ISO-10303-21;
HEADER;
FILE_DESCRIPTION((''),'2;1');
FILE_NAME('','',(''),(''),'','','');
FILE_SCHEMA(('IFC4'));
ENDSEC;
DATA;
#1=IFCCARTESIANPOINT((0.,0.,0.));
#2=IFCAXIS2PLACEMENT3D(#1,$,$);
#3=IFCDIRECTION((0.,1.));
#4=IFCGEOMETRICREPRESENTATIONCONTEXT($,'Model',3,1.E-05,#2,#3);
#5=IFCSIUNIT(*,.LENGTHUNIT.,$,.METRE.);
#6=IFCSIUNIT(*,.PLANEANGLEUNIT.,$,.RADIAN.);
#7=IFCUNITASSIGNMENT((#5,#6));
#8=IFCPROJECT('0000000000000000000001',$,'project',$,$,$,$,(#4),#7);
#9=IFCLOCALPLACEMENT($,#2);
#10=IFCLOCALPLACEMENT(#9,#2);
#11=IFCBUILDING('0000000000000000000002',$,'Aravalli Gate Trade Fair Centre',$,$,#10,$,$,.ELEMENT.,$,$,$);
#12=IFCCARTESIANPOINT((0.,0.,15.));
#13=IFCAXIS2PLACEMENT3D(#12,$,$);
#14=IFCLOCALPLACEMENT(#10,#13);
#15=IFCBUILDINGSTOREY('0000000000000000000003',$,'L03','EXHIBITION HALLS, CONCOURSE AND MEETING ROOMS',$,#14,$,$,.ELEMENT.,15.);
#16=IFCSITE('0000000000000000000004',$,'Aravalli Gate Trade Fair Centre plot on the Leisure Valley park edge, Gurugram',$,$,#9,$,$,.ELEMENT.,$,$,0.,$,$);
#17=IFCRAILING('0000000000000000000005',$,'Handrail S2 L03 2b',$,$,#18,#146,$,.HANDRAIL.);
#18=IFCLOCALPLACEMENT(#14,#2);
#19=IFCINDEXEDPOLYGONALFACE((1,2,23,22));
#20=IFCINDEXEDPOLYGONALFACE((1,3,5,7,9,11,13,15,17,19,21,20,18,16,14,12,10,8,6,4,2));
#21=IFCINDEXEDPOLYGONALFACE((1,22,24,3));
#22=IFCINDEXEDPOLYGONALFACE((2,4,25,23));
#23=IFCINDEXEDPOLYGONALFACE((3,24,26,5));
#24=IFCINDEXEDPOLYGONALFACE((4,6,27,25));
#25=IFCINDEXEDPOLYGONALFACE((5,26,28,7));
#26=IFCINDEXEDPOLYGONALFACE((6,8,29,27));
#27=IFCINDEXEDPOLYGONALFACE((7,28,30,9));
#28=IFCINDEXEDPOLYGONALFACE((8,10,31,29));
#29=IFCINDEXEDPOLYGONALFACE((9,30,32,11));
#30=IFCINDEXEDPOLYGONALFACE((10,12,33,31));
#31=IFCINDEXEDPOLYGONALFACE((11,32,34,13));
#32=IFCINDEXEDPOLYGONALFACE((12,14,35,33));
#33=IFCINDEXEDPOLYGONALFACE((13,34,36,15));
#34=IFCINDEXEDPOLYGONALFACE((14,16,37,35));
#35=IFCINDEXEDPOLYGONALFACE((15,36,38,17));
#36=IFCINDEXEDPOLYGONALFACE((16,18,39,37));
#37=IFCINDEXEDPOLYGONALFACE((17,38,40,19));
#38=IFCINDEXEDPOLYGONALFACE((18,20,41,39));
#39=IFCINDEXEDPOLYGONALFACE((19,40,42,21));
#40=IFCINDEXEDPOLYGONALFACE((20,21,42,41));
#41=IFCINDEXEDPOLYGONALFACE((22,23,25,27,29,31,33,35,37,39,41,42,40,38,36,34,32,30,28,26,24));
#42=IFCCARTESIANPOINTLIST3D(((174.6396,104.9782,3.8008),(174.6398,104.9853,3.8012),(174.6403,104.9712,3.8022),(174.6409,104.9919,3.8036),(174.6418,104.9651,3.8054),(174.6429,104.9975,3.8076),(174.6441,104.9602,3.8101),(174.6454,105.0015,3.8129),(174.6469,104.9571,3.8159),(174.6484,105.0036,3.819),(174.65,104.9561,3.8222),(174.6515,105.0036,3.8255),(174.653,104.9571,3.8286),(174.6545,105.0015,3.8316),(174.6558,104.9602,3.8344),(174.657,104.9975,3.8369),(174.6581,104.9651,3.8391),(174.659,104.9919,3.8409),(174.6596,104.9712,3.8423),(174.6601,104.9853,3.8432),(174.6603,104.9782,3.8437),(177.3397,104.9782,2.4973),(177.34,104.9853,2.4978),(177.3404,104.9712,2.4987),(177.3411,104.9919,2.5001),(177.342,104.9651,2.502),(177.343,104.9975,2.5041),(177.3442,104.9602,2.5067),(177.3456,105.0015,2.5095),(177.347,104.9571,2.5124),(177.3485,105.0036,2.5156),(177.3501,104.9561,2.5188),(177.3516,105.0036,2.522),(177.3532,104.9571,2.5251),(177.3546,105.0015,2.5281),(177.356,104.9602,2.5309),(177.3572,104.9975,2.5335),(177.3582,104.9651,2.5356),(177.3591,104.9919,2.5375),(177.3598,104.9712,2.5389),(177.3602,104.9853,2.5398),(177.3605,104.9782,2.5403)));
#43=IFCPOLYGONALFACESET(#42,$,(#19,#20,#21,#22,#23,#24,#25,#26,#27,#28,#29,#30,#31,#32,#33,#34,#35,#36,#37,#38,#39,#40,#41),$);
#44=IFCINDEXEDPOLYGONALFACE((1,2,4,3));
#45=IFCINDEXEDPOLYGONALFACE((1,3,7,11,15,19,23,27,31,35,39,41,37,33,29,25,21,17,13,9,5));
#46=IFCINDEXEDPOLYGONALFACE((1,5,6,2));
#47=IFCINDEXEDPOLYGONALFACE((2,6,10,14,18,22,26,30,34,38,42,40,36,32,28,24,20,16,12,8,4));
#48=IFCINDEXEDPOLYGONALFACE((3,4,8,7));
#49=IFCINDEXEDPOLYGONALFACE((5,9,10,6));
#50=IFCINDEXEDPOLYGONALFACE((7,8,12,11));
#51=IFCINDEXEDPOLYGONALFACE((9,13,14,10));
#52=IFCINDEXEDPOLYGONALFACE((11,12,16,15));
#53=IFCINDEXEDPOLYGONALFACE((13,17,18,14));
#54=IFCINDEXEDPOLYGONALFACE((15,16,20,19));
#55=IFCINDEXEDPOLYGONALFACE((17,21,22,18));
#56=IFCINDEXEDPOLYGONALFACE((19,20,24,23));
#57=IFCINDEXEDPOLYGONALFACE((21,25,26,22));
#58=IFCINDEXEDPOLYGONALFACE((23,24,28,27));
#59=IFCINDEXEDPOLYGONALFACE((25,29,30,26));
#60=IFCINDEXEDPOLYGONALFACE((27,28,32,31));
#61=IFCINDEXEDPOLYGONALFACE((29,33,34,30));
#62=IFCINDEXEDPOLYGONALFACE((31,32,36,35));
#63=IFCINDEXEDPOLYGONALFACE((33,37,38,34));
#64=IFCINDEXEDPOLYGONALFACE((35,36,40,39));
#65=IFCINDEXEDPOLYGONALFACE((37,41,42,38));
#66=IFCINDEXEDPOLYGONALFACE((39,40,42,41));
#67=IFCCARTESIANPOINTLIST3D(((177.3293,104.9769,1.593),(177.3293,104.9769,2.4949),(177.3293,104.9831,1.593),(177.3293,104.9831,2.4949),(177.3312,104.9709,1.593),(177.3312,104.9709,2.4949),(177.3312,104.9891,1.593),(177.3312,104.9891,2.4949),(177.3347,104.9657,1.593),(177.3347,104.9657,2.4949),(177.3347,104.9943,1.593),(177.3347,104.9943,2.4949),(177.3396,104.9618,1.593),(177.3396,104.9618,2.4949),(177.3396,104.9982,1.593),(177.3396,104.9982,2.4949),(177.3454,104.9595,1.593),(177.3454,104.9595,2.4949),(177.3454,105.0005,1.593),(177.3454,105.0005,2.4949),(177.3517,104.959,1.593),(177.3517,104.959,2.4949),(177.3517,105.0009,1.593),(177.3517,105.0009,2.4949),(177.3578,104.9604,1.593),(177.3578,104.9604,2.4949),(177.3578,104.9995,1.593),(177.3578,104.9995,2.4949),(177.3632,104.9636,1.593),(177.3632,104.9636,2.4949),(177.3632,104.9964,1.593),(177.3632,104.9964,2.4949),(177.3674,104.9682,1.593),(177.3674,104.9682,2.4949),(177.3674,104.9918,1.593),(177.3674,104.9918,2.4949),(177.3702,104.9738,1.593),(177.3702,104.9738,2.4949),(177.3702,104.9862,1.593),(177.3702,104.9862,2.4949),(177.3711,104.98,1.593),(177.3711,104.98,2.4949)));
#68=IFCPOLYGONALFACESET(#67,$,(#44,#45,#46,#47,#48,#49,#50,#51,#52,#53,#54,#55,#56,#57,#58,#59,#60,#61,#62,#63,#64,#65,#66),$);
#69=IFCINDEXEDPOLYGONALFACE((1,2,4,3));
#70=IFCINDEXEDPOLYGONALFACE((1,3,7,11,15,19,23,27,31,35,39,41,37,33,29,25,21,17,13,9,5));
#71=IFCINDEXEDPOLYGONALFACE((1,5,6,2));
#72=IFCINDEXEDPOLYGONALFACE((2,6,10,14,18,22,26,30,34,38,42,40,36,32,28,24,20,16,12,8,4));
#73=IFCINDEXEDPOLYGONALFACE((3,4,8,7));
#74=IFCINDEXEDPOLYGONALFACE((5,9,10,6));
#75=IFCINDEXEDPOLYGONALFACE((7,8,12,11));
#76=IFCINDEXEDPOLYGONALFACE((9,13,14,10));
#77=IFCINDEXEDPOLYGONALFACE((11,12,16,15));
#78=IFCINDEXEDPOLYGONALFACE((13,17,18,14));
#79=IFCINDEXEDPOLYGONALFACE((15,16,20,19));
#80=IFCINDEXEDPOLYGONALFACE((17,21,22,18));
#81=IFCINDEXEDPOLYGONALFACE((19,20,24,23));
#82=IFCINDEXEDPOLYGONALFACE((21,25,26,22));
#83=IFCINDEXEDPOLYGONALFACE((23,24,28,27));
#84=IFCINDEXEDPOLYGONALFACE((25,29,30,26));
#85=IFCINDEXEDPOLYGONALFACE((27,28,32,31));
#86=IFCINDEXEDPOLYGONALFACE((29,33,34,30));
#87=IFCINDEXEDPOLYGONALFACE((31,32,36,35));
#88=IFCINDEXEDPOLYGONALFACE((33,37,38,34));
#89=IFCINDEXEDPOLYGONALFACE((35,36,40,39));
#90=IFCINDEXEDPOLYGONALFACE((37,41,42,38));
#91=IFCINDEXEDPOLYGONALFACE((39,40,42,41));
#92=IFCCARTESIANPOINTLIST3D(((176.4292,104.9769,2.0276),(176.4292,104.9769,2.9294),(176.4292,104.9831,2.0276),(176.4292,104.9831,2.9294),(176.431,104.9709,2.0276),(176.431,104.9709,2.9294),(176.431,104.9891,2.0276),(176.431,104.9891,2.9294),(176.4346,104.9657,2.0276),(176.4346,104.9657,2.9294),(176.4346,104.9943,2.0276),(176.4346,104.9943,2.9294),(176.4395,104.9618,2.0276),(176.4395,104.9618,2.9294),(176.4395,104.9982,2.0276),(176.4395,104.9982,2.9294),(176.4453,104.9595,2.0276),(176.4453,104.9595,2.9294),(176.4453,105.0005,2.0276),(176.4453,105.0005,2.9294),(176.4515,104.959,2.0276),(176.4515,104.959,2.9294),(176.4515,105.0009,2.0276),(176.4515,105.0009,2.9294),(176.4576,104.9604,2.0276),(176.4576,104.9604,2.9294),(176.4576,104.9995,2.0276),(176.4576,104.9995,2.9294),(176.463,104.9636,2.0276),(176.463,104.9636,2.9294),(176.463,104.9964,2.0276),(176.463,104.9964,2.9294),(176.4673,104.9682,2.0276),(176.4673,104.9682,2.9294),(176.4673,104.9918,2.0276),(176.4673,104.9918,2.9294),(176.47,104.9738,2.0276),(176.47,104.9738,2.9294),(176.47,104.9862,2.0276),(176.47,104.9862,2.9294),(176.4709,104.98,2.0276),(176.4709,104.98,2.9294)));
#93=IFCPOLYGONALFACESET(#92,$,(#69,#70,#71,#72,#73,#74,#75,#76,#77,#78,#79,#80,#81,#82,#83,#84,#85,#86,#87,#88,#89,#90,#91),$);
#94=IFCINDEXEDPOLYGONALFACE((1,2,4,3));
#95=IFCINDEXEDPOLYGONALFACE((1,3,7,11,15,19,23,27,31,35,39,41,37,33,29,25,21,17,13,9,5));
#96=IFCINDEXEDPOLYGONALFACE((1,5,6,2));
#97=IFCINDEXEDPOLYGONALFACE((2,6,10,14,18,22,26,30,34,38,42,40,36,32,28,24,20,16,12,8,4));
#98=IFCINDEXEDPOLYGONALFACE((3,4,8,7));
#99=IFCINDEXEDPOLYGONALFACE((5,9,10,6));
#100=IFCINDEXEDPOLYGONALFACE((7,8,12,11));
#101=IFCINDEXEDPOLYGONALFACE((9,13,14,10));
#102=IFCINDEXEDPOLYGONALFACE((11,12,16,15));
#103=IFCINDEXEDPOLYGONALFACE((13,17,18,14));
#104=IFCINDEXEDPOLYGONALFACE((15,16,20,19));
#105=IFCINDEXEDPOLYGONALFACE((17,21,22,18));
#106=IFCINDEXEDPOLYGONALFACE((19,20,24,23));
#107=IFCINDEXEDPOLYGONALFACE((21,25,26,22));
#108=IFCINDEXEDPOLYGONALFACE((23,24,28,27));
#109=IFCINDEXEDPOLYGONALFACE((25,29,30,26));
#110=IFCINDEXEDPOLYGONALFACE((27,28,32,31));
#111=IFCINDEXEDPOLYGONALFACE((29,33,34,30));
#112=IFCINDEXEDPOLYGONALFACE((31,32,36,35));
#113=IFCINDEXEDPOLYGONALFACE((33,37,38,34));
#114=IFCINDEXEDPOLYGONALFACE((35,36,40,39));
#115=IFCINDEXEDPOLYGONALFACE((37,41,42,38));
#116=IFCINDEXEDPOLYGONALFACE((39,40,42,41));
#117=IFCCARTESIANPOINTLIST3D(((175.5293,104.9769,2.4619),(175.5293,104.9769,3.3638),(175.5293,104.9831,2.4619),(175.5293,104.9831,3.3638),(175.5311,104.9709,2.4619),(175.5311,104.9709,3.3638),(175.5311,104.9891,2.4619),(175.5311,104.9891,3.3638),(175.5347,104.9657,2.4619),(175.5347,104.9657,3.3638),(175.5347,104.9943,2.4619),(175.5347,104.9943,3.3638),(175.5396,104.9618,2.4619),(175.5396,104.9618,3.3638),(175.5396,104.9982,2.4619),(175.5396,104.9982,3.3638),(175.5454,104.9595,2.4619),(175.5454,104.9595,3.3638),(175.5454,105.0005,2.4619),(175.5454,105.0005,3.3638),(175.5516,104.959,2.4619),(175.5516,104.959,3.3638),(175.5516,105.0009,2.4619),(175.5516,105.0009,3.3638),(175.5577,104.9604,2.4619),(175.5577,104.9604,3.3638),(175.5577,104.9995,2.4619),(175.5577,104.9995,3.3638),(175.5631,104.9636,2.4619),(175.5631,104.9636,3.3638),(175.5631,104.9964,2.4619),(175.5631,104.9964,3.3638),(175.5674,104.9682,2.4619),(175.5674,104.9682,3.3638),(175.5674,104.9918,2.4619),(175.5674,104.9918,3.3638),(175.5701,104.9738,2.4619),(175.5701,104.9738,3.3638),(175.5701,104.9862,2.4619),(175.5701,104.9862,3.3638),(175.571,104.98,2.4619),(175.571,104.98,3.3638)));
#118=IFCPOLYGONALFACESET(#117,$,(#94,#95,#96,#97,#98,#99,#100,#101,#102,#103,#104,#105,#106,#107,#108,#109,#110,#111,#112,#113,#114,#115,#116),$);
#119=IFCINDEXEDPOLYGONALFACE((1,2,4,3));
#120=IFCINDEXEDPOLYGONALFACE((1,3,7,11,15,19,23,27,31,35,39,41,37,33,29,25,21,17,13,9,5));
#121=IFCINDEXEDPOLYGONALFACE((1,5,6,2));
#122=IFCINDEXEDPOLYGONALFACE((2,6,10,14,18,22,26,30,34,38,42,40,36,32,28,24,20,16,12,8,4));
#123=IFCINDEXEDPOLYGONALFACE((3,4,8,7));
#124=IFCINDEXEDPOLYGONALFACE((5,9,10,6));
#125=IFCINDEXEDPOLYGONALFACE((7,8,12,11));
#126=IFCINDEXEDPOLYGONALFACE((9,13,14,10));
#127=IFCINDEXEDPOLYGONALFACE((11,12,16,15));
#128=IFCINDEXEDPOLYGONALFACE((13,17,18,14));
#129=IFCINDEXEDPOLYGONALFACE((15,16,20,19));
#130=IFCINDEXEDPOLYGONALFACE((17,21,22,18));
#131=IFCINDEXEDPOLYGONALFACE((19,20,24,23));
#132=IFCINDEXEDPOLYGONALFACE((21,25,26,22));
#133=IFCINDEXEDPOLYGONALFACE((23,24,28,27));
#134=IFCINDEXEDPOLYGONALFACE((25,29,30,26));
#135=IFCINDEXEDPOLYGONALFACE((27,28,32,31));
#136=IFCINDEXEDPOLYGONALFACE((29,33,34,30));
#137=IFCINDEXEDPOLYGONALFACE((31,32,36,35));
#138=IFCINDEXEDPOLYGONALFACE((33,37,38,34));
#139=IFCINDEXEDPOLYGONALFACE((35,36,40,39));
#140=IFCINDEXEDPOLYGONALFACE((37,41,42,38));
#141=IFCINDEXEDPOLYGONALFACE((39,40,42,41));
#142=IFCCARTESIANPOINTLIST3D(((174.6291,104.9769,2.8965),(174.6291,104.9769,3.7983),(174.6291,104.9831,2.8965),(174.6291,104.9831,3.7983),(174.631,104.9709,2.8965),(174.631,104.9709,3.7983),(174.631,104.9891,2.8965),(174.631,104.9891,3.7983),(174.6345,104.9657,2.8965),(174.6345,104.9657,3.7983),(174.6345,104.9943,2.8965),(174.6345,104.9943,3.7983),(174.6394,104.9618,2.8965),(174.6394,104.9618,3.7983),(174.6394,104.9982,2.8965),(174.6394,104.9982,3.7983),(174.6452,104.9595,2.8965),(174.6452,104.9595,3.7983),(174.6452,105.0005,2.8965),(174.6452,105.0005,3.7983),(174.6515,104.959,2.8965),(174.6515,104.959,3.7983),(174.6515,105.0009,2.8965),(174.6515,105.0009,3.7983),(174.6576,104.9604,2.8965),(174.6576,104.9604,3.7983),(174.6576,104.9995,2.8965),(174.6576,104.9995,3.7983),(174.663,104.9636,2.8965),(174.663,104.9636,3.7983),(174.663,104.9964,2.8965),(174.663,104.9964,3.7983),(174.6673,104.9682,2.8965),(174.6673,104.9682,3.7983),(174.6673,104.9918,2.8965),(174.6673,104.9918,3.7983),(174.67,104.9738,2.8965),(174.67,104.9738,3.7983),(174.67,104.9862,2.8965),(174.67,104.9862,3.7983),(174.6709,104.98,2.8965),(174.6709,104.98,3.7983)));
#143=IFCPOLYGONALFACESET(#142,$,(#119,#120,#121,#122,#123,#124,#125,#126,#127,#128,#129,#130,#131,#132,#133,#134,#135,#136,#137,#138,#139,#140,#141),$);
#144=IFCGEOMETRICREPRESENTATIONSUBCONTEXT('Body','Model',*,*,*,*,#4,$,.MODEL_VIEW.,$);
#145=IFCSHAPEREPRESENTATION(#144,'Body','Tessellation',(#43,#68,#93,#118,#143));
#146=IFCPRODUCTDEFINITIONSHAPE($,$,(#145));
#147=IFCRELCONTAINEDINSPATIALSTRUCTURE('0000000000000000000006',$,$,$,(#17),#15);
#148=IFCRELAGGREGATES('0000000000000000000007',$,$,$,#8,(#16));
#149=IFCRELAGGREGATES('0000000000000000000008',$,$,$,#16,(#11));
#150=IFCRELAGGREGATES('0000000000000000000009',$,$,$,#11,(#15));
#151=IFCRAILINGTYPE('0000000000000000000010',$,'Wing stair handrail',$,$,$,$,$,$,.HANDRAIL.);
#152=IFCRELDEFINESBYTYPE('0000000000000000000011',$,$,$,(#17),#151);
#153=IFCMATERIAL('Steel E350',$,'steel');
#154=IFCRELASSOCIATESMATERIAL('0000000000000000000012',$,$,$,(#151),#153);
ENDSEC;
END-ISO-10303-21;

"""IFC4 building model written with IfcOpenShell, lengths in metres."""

from ifc_helpers import new_model, si_unit, direction, frame, origin, origin_2d, place, context, subcontext, project, spatial, circle, extrude, material, type_object, element, save


model = new_model("IFC4")

# Units and contexts
model_context = context("Model", 3, precision=1e-05, world=origin(), true_north=direction((0.0, 1.0)))
body_context = subcontext(model_context, "Body", "Model", "MODEL_VIEW")
ifc_project = project(units=[si_unit("LENGTHUNIT", "METRE"), si_unit("PLANEANGLEUNIT", "RADIAN")], contexts=[model_context])

# Site, building, storey
site_placement = place(None, origin())
site = spatial("IfcSite", under=ifc_project, at=site_placement, Name="Aravalli Gate Trade Fair Centre plot on the Leisure Valley park edge, Gurugram", CompositionType="ELEMENT", RefElevation=0.0)
building_placement = place(site_placement, origin())
building = spatial("IfcBuilding", under=site, at=building_placement, Name="Aravalli Gate Trade Fair Centre", CompositionType="ELEMENT")
storey_placement = place(building_placement, frame((0.0, 0.0, 15.0)))
storey = spatial("IfcBuildingStorey", under=building, at=storey_placement, Name="L03", Description="EXHIBITION HALLS, CONCOURSE AND MEETING ROOMS", CompositionType="ELEMENT", Elevation=15.0)

# Railing
ifc_material_1 = material(Name="Steel E350", Category="steel")
railing_type_1 = type_object("IfcRailingType", Name="Wing stair handrail", PredefinedType="HANDRAIL", material=ifc_material_1)
railing_1_placement = place(storey_placement, frame((177.3501, 104.98, 1.593)))
element("IfcRailing", 1, at=railing_1_placement, inside=storey, type_object=railing_type_1, Name="Handrail S2 L03 2b", PredefinedType="HANDRAIL", context=body_context, shape_type="SweptSolid", body=[
    extrude(circle(Radius=0.0239, at=origin_2d()), frame((0.0, 0.0, 0.9258), z_axis=(-0.900562, 0.0, 0.434729), x_axis=(0.0, -1.0, 0.0)), (0.0, 0.0, 1.0), 2.9983),
    extrude(circle(Radius=0.021, at=origin_2d()), origin(), (0.0, 0.0, 1.0), 0.9019),
    extrude(circle(Radius=0.021, at=origin_2d()), frame((-0.9001, 0.0, 0.4346)), (0.0, 0.0, 1.0), 0.9019),
    extrude(circle(Radius=0.021, at=origin_2d()), frame((-1.8, 0.0, 0.8689)), (0.0, 0.0, 1.0), 0.9019),
    extrude(circle(Radius=0.021, at=origin_2d()), frame((-2.7002, 0.0, 1.3035)), (0.0, 0.0, 1.0), 0.9019),
])

save(model, "model.ifc")
